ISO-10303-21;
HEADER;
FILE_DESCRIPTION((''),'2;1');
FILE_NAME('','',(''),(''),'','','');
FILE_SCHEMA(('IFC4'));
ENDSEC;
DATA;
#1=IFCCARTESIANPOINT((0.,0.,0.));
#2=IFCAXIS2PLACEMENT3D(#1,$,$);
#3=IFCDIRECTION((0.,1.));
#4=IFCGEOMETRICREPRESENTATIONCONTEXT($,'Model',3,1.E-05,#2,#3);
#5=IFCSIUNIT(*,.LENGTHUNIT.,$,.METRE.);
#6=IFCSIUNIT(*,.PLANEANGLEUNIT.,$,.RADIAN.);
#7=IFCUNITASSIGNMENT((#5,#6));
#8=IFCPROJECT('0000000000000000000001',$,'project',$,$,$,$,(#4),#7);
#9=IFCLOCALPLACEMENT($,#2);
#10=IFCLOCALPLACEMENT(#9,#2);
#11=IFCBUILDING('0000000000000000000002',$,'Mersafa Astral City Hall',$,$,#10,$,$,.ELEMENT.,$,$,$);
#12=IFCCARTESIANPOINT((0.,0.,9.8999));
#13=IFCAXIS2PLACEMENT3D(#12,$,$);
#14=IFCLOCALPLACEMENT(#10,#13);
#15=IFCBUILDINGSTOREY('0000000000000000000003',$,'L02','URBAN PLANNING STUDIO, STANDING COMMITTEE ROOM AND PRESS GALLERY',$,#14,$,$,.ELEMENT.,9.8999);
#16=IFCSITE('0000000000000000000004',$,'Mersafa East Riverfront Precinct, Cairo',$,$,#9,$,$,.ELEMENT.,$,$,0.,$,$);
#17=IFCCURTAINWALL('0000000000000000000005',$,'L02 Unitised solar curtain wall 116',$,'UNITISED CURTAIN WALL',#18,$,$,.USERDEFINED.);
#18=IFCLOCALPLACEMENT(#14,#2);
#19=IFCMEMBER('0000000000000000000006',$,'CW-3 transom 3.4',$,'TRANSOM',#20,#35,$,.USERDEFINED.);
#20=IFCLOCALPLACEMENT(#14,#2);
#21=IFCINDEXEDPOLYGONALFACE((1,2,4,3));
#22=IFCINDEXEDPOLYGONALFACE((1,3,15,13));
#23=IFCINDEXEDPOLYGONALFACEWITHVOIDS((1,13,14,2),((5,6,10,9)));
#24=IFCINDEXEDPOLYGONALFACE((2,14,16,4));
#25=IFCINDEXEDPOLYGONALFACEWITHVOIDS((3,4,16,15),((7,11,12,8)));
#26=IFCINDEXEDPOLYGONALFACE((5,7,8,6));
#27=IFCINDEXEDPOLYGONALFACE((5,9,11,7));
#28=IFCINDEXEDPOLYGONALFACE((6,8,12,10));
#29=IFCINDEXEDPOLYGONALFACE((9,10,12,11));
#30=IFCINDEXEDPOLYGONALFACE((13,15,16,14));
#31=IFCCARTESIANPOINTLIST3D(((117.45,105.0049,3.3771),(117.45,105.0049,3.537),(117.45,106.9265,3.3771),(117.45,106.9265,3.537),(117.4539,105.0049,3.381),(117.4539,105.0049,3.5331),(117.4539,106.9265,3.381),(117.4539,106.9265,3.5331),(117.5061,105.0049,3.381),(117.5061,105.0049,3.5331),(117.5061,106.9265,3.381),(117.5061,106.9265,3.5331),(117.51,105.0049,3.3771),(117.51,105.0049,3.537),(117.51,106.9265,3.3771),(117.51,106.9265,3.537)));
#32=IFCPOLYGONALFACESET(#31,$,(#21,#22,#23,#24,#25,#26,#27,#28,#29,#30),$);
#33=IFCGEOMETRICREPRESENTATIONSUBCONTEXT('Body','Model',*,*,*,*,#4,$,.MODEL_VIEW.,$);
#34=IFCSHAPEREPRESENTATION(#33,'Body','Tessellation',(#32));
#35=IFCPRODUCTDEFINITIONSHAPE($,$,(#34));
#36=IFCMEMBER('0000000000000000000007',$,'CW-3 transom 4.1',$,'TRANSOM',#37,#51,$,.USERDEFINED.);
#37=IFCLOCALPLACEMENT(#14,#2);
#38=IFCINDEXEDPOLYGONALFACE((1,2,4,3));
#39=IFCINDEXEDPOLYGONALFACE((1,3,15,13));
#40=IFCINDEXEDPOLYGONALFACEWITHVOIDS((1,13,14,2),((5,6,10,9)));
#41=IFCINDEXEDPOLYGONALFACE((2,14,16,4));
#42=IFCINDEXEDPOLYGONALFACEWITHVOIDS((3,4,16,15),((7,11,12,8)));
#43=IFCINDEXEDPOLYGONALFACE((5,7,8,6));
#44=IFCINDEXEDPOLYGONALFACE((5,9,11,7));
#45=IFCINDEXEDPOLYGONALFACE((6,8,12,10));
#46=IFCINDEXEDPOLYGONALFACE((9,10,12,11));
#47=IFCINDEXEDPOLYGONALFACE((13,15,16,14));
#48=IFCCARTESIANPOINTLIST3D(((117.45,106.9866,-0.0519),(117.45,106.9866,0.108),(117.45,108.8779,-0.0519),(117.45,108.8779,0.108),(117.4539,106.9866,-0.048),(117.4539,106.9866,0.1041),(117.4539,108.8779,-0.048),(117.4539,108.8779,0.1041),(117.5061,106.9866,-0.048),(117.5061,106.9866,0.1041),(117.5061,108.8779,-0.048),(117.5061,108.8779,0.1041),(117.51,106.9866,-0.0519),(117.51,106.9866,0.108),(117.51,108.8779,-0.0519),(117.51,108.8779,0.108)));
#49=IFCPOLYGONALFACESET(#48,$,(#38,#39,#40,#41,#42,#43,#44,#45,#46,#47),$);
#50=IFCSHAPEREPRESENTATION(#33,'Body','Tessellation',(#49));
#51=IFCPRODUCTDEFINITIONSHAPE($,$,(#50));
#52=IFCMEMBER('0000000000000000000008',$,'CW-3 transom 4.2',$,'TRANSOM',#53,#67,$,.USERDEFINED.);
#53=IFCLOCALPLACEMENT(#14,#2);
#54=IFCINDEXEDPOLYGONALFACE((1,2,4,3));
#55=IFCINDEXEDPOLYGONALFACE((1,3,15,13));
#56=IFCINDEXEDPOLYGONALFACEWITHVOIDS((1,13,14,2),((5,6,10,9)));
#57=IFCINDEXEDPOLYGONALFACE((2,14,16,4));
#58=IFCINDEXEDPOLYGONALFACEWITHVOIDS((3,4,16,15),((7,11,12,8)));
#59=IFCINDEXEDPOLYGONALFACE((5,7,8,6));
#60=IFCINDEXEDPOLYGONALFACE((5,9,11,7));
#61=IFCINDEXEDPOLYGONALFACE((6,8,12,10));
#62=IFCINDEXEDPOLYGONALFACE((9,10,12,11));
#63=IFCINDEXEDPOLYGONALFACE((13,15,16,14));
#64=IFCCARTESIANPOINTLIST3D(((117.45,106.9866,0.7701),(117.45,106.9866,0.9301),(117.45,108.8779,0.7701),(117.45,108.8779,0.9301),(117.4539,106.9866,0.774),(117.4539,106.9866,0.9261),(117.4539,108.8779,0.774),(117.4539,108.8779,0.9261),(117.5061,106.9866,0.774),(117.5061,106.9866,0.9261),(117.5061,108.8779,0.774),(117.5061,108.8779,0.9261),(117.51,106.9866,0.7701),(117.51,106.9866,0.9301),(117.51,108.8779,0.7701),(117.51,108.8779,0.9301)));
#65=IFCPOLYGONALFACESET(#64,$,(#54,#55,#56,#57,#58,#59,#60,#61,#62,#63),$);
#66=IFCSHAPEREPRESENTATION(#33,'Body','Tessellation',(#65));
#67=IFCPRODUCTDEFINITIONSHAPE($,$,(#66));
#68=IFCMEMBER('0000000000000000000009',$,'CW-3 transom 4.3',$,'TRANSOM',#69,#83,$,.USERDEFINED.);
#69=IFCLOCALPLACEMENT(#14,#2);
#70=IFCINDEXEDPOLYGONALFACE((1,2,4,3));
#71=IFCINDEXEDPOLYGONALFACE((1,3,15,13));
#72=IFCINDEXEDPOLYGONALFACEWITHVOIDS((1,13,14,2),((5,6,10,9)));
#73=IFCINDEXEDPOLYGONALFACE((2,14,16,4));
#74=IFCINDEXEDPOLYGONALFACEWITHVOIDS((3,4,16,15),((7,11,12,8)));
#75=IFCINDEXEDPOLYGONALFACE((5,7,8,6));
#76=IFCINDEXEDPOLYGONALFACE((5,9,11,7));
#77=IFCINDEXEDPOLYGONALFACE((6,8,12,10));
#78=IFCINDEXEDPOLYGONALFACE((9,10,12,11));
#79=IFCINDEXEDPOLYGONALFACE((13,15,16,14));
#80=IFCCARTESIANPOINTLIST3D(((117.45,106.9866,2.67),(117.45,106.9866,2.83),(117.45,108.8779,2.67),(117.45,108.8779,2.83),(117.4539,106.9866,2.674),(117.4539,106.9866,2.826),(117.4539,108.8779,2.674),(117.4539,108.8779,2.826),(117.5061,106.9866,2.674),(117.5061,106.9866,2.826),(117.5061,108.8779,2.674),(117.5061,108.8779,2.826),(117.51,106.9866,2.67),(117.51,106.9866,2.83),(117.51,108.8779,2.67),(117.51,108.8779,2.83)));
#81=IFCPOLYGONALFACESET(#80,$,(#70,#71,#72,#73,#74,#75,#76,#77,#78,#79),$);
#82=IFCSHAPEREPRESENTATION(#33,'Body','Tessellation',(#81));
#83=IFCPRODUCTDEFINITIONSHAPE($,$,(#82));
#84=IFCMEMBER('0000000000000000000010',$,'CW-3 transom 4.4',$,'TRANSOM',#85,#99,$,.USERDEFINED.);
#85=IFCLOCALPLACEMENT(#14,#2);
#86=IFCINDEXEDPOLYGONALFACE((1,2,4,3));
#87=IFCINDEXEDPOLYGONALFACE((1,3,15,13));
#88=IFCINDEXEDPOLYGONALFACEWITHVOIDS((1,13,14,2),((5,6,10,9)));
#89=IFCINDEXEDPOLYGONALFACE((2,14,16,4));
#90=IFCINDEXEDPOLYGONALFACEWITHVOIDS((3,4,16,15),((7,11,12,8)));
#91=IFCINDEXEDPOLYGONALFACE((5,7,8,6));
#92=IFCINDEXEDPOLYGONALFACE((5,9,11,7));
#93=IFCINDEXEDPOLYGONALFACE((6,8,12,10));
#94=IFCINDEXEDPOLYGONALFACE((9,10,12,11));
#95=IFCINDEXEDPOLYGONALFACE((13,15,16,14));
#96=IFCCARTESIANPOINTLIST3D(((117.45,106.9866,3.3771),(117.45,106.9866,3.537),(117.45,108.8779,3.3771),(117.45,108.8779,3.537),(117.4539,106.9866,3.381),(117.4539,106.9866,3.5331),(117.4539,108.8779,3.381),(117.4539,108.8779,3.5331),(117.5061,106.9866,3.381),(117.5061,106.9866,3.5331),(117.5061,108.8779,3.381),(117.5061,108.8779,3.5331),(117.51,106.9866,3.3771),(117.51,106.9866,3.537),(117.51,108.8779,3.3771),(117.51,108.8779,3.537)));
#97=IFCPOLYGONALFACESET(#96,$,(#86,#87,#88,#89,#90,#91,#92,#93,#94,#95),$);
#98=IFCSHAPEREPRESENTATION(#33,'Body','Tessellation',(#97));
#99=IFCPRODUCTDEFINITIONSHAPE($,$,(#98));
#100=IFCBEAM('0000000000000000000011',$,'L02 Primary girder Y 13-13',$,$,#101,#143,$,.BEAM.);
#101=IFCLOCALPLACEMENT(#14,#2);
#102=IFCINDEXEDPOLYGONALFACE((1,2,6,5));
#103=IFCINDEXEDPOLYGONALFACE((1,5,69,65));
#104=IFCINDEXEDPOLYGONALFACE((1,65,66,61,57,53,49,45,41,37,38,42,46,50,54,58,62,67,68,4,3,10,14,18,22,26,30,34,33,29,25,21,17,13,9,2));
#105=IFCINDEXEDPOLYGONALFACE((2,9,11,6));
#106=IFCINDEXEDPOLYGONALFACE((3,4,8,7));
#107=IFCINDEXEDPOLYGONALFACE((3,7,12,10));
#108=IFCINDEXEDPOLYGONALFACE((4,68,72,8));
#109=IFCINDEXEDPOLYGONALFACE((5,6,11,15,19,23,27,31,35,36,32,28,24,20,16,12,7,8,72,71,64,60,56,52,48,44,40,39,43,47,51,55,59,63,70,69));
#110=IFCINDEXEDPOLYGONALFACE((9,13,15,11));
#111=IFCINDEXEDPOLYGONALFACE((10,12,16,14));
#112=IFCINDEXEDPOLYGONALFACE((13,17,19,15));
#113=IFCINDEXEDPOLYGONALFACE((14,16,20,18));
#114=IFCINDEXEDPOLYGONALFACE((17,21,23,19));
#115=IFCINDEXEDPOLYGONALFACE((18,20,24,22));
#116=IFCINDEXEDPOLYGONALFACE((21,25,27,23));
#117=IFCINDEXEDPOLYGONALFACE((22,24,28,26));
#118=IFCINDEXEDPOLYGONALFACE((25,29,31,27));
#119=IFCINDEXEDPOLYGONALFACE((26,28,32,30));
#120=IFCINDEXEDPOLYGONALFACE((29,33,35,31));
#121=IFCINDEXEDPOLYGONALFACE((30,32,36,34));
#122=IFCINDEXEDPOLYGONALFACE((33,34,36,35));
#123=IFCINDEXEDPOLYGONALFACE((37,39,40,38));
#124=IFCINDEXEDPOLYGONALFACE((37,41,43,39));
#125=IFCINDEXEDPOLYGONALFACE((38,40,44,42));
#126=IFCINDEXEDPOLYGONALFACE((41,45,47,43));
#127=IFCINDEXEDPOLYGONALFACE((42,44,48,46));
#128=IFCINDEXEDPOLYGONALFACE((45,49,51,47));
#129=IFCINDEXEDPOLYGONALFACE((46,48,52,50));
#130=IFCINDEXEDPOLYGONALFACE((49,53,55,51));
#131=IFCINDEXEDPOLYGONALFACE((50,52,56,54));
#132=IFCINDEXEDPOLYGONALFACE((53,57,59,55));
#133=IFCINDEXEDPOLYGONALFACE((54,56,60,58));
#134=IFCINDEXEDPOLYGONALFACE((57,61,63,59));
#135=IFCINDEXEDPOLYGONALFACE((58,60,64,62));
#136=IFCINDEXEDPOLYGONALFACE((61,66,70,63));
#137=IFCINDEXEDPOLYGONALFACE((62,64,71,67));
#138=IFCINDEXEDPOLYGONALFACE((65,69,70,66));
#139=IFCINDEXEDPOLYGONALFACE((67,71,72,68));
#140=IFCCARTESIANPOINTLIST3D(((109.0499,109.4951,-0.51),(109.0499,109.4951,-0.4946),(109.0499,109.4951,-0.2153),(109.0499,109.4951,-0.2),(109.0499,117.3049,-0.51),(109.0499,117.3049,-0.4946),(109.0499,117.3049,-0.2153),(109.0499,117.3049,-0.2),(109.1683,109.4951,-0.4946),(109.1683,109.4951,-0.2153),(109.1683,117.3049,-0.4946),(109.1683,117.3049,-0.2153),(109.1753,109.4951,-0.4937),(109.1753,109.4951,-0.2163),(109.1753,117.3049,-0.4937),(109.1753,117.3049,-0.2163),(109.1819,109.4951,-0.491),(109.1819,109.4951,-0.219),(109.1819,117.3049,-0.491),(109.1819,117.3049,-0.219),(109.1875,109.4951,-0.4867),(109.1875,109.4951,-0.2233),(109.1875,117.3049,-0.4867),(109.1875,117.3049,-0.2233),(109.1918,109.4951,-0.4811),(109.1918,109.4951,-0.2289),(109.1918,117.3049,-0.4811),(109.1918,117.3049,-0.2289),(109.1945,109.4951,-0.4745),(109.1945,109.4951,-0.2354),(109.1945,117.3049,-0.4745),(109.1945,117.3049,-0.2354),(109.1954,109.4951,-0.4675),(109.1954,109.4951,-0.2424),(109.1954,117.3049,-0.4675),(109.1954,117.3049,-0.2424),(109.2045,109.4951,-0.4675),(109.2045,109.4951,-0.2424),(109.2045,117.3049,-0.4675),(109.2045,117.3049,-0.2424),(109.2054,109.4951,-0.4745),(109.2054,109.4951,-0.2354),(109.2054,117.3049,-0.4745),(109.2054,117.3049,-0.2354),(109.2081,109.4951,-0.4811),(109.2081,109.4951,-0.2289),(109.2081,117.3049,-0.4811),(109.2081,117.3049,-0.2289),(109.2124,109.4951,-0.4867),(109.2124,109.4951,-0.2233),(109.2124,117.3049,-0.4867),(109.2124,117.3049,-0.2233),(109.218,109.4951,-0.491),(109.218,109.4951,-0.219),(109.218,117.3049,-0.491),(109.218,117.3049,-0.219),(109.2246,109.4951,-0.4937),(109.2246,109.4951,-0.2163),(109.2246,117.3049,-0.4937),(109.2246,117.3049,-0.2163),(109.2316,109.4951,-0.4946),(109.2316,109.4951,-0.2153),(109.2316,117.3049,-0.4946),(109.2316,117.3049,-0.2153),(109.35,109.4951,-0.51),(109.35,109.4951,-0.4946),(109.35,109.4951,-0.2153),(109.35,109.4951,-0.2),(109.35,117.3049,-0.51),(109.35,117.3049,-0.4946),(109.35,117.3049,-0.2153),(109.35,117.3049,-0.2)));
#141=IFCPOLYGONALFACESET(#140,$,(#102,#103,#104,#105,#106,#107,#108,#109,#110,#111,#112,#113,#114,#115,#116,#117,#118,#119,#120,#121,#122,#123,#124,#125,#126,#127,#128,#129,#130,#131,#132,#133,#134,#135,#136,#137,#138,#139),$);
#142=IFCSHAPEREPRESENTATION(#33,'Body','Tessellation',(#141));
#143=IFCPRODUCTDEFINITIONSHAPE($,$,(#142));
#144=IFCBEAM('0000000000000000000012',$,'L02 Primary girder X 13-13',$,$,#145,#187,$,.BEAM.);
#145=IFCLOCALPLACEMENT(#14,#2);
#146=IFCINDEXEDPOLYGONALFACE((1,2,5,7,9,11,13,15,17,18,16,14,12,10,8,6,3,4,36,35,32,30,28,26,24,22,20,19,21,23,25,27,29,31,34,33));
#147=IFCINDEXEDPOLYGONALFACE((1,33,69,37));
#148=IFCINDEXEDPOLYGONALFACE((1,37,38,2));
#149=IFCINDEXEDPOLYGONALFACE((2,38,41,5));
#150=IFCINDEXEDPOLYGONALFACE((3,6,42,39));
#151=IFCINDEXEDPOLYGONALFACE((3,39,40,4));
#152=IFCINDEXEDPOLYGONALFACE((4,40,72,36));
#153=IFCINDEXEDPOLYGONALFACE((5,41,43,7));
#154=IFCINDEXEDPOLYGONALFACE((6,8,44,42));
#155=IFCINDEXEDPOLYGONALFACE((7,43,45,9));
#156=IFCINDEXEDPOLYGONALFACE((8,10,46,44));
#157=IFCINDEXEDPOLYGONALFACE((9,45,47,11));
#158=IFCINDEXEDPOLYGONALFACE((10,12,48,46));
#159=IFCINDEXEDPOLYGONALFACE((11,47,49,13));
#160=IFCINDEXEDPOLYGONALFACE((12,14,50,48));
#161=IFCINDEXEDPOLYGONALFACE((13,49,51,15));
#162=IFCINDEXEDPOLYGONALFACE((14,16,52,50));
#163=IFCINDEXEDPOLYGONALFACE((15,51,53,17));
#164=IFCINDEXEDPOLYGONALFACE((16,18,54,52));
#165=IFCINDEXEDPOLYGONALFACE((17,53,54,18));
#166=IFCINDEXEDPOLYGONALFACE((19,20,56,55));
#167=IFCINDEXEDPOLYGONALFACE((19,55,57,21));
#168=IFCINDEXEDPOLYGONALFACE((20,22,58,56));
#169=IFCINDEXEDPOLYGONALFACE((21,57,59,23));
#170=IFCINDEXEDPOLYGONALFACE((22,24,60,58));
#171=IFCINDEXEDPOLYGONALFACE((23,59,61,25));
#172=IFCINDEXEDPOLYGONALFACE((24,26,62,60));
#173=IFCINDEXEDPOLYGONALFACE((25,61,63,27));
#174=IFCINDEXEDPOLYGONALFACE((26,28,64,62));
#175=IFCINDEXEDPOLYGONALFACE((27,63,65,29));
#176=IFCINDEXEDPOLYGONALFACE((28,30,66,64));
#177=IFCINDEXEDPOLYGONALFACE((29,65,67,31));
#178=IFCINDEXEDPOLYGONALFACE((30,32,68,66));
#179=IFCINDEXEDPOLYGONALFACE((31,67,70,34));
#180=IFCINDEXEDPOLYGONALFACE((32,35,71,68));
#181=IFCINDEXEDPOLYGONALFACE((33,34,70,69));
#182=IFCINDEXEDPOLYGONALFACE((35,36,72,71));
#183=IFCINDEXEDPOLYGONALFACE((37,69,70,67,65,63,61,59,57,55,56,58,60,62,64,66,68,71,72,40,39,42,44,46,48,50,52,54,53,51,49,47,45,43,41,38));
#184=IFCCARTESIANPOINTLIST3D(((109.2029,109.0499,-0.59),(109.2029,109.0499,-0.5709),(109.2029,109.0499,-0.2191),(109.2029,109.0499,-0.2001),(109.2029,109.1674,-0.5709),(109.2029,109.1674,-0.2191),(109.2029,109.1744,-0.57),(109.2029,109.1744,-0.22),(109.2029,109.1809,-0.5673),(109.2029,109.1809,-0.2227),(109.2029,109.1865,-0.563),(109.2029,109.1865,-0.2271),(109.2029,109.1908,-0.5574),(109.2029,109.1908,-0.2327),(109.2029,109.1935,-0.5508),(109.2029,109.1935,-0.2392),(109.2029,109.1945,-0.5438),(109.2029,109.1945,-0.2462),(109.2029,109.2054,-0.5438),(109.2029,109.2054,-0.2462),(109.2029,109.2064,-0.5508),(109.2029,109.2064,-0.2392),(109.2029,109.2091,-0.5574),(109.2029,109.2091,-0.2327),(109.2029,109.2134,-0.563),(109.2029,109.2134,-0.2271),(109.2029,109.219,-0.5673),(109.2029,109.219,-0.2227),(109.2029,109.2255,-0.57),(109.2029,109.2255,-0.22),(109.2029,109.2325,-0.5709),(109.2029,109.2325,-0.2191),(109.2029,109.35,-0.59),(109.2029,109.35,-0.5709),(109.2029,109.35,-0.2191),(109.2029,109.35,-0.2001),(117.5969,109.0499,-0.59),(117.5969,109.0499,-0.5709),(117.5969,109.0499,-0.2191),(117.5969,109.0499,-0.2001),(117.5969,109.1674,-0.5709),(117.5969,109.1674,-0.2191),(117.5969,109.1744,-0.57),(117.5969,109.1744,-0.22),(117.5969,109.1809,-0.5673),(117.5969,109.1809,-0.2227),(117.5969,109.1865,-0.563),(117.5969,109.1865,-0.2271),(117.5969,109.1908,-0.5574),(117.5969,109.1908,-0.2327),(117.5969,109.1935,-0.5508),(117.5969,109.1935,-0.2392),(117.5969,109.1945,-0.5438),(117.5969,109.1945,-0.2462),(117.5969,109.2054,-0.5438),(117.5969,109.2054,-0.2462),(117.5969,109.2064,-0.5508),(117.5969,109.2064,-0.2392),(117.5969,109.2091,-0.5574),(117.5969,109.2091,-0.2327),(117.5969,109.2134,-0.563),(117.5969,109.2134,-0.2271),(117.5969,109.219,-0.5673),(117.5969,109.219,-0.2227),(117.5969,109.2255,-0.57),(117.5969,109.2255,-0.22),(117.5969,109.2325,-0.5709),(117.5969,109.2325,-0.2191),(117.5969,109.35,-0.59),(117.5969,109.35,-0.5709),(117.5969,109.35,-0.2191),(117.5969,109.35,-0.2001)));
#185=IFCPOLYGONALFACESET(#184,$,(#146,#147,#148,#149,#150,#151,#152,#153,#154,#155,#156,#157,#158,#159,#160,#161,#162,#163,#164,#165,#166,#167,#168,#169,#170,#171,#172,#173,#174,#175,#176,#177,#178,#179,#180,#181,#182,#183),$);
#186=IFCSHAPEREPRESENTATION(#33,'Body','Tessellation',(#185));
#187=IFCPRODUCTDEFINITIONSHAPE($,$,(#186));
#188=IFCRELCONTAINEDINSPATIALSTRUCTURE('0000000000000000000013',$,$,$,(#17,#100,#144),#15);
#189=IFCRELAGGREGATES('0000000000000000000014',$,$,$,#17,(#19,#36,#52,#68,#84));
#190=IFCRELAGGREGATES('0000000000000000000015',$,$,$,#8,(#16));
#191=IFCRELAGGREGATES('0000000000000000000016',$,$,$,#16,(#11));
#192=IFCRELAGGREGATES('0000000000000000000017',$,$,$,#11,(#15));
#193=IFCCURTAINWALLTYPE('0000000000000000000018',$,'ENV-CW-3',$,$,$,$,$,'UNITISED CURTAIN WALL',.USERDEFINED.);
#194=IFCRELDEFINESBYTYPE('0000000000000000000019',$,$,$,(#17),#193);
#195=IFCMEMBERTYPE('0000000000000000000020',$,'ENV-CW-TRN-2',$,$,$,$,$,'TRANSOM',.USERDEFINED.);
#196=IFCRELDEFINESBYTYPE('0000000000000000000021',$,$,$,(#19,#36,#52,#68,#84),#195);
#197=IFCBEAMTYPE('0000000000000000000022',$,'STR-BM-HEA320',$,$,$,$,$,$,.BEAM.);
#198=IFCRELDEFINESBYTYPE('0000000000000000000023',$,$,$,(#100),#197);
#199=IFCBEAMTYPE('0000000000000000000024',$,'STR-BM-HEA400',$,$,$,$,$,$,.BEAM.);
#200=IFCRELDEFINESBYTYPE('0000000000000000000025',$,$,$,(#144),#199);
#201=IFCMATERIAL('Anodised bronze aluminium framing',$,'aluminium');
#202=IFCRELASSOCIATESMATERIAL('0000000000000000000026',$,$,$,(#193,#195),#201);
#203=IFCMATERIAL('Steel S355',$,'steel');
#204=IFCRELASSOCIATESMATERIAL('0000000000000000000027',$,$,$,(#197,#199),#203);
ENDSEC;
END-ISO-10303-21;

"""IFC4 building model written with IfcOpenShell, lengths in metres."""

from ifc_helpers import new_model, si_unit, direction, frame, origin, origin_2d, place, context, subcontext, project, spatial, hollow_rectangle, i_section, extrude, material, material_profile, profile_set, type_object, element, aggregate, save


model = new_model("IFC4")

# Units and contexts
model_context = context("Model", 3, precision=1e-05, world=origin(), true_north=direction((0.0, 1.0)))
body_context = subcontext(model_context, "Body", "Model", "MODEL_VIEW")
ifc_project = project(units=[si_unit("LENGTHUNIT", "METRE"), si_unit("PLANEANGLEUNIT", "RADIAN")], contexts=[model_context])

# Site, building, storey
site_placement = place(None, origin())
site = spatial("IfcSite", under=ifc_project, at=site_placement, Name="Mersafa East Riverfront Precinct, Cairo", CompositionType="ELEMENT", RefElevation=0.0)
building_placement = place(site_placement, origin())
building = spatial("IfcBuilding", under=site, at=building_placement, Name="Mersafa Astral City Hall", CompositionType="ELEMENT")
storey_placement = place(building_placement, frame((0.0, 0.0, 9.8999)))
storey = spatial("IfcBuildingStorey", under=building, at=storey_placement, Name="L02", Description="URBAN PLANNING STUDIO, STANDING COMMITTEE ROOM AND PRESS GALLERY", CompositionType="ELEMENT", Elevation=9.8999)

# Shared definitions
ifc_material_1 = material(Name="Steel S355", Category="steel")

# Curtain wall, members
ifc_material_2 = material(Name="Anodised bronze aluminium framing", Category="aluminium")
curtain_wall_type = type_object("IfcCurtainWallType", Name="ENV-CW-3", ElementType="UNITISED CURTAIN WALL", PredefinedType="USERDEFINED", material=ifc_material_2)
curtain_wall_placement = place(storey_placement, origin())
curtain_wall = element("IfcCurtainWall", 1, at=curtain_wall_placement, inside=storey, type_object=curtain_wall_type, Name="L02 Unitised solar curtain wall 116", ObjectType="UNITISED CURTAIN WALL", PredefinedType="USERDEFINED")
ifc_material_profile_1 = material_profile(ifc_material_2, hollow_rectangle(XDim=0.0601, YDim=0.1599, WallThickness=0.0039, at=origin_2d()), Name="RHS 60x160x4")
ifc_profile_set_1 = profile_set([ifc_material_profile_1], Name="Anodised bronze aluminium framing")
member_type_1 = type_object("IfcMemberType", Name="ENV-CW-TRN-2", ElementType="TRANSOM", PredefinedType="USERDEFINED", material=ifc_profile_set_1)
member_1_placement = place(storey_placement, frame((117.48, 105.0049, 3.457), z_axis=(0.0, 1.0, 0.0), x_axis=(-1.0, 0.0, 0.0)))
member_1 = element("IfcMember", 2, at=member_1_placement, type_object=member_type_1, Name="CW-3 transom 3.4", ObjectType="TRANSOM", PredefinedType="USERDEFINED", context=body_context, shape_type="SweptSolid", body=[
    extrude(hollow_rectangle(XDim=0.0601, YDim=0.1599, WallThickness=0.0039, at=origin_2d()), origin(), (0.0, 0.0, 1.0), 1.9216),
])
member_2_placement = place(storey_placement, frame((117.48, 106.9866, 0.0281), z_axis=(0.0, 1.0, 0.0), x_axis=(-1.0, 0.0, 0.0)))
member_2 = element("IfcMember", 3, at=member_2_placement, type_object=member_type_1, Name="CW-3 transom 4.1", ObjectType="TRANSOM", PredefinedType="USERDEFINED", context=body_context, shape_type="SweptSolid", body=[
    extrude(hollow_rectangle(XDim=0.0601, YDim=0.1599, WallThickness=0.0039, at=origin_2d()), origin(), (0.0, 0.0, 1.0), 1.8914),
])
member_3_placement = place(storey_placement, frame((117.48, 106.9866, 0.8501), z_axis=(0.0, 1.0, 0.0), x_axis=(-1.0, 0.0, 0.0)))
member_3 = element("IfcMember", 4, at=member_3_placement, type_object=member_type_1, Name="CW-3 transom 4.2", ObjectType="TRANSOM", PredefinedType="USERDEFINED", context=body_context, shape_type="SweptSolid", body=[
    extrude(hollow_rectangle(XDim=0.0601, YDim=0.1599, WallThickness=0.0039, at=origin_2d()), origin(), (0.0, 0.0, 1.0), 1.8914),
])
member_4_placement = place(storey_placement, frame((117.48, 106.9866, 2.75), z_axis=(0.0, 1.0, 0.0), x_axis=(-1.0, 0.0, 0.0)))
member_4 = element("IfcMember", 5, at=member_4_placement, type_object=member_type_1, Name="CW-3 transom 4.3", ObjectType="TRANSOM", PredefinedType="USERDEFINED", context=body_context, shape_type="SweptSolid", body=[
    extrude(hollow_rectangle(XDim=0.0601, YDim=0.1599, WallThickness=0.0039, at=origin_2d()), origin(), (0.0, 0.0, 1.0), 1.8914),
])
member_5_placement = place(storey_placement, frame((117.48, 106.9866, 3.457), z_axis=(0.0, 1.0, 0.0), x_axis=(-1.0, 0.0, 0.0)))
member_5 = element("IfcMember", 6, at=member_5_placement, type_object=member_type_1, Name="CW-3 transom 4.4", ObjectType="TRANSOM", PredefinedType="USERDEFINED", context=body_context, shape_type="SweptSolid", body=[
    extrude(hollow_rectangle(XDim=0.0601, YDim=0.1599, WallThickness=0.0039, at=origin_2d()), origin(), (0.0, 0.0, 1.0), 1.8914),
])

# Beams
ifc_material_profile_2 = material_profile(ifc_material_1, i_section(OverallWidth=0.3, OverallDepth=0.3101, WebThickness=0.009, FlangeThickness=0.0154, FilletRadius=0.0271, at=origin_2d()), Name="HEA 320")
ifc_profile_set_2 = profile_set([ifc_material_profile_2], Name="Steel S355")
beam_type_1 = type_object("IfcBeamType", Name="STR-BM-HEA320", PredefinedType="BEAM", material=ifc_profile_set_2)
beam_1_placement = place(storey_placement, frame((109.2, 109.4951, -0.355), z_axis=(0.0, 1.0, 0.0), x_axis=(-1.0, 0.0, 0.0)))
element("IfcBeam", 7, at=beam_1_placement, inside=storey, type_object=beam_type_1, Name="L02 Primary girder Y 13-13", PredefinedType="BEAM", context=body_context, shape_type="SweptSolid", body=[
    extrude(i_section(OverallWidth=0.3, OverallDepth=0.3101, WebThickness=0.009, FlangeThickness=0.0154, FilletRadius=0.0271, at=origin_2d()), origin(), (0.0, 0.0, 1.0), 7.8098),
])
ifc_material_profile_3 = material_profile(ifc_material_1, i_section(OverallWidth=0.3, OverallDepth=0.3899, WebThickness=0.011, FlangeThickness=0.019, FilletRadius=0.0271, at=origin_2d()), Name="HEA 400")
ifc_profile_set_3 = profile_set([ifc_material_profile_3], Name="Steel S355")
beam_type_2 = type_object("IfcBeamType", Name="STR-BM-HEA400", PredefinedType="BEAM", material=ifc_profile_set_3)
beam_2_placement = place(storey_placement, frame((109.2029, 109.2, -0.395), z_axis=(1.0, 0.0, 0.0), x_axis=(0.0, 1.0, 0.0)))
element("IfcBeam", 8, at=beam_2_placement, inside=storey, type_object=beam_type_2, Name="L02 Primary girder X 13-13", PredefinedType="BEAM", context=body_context, shape_type="SweptSolid", body=[
    extrude(i_section(OverallWidth=0.3, OverallDepth=0.3899, WebThickness=0.011, FlangeThickness=0.019, FilletRadius=0.0271, at=origin_2d()), origin(), (0.0, 0.0, 1.0), 8.394),
])

aggregate(curtain_wall, [member_1, member_2, member_3, member_4, member_5])

save(model, "model.ifc")
